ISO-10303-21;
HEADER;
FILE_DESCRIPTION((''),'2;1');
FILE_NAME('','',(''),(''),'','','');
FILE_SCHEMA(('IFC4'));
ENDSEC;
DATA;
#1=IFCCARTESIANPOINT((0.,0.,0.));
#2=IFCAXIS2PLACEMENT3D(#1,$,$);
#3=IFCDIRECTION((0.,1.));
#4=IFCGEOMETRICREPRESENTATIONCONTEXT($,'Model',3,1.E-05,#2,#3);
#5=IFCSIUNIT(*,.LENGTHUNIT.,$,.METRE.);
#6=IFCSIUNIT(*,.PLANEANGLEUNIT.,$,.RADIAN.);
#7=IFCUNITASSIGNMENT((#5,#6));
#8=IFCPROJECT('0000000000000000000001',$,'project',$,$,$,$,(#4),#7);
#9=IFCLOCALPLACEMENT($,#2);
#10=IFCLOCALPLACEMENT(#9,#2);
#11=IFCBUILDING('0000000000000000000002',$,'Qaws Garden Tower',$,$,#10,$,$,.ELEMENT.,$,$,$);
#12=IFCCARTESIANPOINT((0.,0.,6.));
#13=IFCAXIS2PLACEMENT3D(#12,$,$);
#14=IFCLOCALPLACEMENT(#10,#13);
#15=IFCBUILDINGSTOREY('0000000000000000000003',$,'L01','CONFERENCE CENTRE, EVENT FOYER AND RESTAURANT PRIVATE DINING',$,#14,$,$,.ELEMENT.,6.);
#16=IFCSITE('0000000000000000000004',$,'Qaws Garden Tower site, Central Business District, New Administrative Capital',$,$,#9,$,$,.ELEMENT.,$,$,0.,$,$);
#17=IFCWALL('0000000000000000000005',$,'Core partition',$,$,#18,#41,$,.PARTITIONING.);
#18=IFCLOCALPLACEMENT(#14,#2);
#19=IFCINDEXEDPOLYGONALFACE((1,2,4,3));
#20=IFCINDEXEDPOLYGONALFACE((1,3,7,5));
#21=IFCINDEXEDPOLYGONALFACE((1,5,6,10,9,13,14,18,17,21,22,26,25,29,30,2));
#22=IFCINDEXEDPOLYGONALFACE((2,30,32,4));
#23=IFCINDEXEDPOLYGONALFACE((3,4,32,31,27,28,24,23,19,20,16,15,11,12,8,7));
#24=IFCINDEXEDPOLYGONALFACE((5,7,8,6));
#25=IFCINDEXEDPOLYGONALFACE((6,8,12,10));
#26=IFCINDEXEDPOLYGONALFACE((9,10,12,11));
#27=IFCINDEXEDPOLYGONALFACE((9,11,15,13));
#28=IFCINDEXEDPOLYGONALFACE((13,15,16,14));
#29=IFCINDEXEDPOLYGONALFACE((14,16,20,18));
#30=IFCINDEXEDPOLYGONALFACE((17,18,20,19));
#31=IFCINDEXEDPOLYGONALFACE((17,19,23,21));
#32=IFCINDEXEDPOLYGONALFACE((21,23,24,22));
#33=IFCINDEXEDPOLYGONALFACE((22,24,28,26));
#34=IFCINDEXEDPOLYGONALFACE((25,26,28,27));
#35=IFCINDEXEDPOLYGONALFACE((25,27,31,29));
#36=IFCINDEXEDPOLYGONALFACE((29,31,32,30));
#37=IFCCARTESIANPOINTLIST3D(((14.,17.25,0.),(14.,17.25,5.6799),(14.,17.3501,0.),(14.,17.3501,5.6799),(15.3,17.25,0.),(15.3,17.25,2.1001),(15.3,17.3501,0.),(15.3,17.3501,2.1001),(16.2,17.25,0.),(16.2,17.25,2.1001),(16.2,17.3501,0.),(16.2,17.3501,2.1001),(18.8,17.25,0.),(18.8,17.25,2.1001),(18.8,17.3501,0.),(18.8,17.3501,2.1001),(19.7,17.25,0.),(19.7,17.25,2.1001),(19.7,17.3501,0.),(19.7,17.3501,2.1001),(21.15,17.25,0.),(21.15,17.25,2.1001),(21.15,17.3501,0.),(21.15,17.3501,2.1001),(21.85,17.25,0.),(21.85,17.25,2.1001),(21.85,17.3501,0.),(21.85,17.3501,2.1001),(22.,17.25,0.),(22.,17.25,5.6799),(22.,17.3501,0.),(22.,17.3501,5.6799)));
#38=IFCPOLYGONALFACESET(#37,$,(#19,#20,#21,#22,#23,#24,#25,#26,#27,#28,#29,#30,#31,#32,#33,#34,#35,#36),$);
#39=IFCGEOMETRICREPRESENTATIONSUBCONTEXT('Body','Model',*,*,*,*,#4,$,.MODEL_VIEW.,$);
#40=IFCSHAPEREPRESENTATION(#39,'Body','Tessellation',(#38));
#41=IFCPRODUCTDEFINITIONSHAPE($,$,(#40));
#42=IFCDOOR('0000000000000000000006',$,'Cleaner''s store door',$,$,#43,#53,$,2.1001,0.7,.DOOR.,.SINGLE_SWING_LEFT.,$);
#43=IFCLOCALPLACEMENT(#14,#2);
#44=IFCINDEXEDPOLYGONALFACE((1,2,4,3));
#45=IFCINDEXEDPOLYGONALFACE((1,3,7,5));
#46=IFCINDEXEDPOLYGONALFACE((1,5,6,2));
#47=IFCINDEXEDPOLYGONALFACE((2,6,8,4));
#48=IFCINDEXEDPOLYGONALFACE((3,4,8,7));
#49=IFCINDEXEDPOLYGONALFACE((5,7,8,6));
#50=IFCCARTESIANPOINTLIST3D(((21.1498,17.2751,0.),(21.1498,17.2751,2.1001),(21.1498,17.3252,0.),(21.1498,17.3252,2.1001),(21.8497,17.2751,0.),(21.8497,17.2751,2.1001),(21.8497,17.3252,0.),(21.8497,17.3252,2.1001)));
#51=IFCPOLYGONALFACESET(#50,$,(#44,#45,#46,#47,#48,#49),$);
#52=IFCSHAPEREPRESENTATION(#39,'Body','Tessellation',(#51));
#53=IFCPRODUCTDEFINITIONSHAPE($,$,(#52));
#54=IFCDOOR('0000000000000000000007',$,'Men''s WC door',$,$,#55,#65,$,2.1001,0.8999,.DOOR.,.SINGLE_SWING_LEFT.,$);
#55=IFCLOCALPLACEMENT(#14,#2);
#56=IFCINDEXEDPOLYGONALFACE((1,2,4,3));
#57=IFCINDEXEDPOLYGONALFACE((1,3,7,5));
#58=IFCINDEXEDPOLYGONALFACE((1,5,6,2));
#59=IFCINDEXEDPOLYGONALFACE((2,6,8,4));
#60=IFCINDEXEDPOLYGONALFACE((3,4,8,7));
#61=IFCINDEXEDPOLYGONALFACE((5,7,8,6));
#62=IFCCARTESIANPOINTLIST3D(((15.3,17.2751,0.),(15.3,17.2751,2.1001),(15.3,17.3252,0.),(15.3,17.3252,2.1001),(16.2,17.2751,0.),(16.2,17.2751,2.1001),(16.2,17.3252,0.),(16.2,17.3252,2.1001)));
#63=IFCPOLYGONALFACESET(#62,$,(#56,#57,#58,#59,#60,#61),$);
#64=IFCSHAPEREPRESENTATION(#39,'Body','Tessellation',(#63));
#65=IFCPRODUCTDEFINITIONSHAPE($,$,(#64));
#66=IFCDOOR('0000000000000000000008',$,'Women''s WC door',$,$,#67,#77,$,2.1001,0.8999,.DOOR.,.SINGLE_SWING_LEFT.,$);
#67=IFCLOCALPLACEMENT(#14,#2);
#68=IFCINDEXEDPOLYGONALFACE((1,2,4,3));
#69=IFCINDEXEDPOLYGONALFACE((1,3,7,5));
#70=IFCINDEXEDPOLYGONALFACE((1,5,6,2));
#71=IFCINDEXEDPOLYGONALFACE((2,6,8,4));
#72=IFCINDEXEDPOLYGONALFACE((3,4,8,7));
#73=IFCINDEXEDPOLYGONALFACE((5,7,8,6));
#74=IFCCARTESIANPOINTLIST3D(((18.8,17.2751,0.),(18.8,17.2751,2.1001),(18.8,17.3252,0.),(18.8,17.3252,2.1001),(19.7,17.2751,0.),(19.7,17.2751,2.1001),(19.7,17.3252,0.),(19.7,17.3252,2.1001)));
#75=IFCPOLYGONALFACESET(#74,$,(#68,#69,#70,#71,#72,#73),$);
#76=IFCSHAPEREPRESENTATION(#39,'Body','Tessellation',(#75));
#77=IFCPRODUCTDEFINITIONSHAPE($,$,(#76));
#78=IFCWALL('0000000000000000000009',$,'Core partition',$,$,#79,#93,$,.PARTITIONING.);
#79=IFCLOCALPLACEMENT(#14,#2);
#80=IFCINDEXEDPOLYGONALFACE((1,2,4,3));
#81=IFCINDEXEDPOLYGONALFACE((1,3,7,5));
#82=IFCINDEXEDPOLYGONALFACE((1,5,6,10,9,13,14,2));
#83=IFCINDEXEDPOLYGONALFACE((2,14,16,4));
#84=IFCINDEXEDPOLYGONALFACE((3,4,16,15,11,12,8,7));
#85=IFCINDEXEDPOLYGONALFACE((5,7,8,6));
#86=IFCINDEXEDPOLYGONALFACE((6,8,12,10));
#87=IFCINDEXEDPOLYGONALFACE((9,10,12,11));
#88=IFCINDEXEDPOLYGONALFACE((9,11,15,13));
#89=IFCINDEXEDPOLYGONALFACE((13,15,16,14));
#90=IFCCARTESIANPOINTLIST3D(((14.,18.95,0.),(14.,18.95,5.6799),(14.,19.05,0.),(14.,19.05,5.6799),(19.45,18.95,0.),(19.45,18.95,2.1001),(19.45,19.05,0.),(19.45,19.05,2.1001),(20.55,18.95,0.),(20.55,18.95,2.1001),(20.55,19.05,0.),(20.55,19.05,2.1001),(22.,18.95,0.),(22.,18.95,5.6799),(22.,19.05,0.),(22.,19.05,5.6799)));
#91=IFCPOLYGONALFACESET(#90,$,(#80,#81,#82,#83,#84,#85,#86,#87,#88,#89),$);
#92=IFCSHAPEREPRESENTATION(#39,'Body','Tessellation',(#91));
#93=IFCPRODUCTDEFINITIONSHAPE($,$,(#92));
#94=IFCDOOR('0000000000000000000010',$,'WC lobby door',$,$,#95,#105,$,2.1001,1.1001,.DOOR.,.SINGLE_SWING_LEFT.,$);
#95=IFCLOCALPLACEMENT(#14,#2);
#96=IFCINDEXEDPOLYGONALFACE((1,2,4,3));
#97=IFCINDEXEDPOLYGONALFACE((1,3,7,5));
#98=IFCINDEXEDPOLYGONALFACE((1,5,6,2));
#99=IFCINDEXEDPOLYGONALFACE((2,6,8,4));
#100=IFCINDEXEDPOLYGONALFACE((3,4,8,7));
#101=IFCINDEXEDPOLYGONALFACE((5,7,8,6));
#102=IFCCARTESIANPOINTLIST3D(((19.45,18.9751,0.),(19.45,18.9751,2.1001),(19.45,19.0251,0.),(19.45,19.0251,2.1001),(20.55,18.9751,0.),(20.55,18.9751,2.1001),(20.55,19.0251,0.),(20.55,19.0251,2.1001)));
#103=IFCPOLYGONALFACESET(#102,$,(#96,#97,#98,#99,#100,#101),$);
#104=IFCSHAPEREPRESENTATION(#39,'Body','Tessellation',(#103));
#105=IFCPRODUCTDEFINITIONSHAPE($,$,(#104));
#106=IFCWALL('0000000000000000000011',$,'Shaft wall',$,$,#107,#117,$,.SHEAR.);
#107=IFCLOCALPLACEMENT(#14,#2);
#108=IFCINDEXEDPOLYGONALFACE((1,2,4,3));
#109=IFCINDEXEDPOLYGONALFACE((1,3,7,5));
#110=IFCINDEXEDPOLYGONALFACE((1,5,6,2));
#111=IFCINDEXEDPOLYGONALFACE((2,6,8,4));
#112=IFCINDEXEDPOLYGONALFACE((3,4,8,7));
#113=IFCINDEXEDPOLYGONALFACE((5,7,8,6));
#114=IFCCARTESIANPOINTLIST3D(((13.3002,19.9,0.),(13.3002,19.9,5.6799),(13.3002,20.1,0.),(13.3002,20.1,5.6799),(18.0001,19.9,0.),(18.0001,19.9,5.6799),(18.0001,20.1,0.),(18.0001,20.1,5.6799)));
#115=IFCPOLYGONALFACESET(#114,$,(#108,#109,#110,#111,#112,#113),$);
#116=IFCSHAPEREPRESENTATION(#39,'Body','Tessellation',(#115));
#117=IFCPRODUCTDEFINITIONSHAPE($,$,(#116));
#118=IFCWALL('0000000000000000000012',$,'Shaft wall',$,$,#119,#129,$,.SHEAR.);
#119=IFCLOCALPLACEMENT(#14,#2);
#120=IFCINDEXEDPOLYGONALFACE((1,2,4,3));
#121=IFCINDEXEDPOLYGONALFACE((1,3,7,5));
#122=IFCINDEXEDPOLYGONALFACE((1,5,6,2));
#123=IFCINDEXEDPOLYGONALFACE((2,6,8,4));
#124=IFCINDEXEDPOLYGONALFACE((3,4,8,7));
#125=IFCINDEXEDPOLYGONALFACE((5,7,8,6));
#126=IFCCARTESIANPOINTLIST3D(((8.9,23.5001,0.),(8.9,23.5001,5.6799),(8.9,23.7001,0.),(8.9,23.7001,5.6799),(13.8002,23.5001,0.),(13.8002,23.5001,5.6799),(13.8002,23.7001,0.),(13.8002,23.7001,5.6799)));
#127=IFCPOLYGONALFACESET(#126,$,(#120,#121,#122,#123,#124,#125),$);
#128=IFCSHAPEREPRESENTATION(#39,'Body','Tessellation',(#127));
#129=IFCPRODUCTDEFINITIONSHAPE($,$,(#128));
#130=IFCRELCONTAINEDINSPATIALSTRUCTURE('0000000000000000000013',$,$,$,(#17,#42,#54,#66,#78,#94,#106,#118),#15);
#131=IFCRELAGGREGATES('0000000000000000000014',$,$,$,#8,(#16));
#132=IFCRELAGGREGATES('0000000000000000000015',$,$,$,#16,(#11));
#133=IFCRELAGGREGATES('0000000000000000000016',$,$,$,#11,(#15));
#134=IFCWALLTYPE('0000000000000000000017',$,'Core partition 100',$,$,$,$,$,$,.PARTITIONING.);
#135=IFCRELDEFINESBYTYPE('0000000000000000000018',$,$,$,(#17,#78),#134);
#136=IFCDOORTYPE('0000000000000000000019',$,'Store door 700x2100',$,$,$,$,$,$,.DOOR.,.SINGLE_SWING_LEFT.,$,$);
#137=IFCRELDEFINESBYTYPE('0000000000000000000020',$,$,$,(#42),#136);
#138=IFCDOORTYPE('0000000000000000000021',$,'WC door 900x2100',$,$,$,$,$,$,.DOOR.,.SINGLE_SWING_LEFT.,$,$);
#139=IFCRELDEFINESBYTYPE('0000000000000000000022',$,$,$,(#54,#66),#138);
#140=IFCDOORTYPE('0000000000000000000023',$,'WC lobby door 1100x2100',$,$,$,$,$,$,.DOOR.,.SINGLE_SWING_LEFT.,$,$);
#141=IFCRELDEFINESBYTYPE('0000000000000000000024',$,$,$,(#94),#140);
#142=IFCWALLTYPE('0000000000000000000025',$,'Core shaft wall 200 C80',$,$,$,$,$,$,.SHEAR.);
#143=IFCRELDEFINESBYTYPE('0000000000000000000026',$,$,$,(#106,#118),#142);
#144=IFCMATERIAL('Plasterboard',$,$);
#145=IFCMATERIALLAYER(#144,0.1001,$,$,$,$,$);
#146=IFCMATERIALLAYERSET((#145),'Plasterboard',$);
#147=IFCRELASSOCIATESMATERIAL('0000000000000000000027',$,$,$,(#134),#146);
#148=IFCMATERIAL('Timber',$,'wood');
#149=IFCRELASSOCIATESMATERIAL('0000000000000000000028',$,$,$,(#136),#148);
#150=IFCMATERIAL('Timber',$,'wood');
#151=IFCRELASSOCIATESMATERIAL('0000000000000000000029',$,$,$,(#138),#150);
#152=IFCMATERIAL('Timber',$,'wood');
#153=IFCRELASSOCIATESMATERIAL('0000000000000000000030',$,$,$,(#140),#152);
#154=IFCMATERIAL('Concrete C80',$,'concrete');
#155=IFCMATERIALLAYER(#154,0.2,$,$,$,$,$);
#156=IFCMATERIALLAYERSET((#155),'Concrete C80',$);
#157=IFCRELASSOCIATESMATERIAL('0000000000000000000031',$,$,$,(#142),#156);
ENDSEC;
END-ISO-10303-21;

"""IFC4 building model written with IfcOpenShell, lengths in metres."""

from ifc_helpers import new_model, si_unit, direction, frame, frame_2d, origin, place, context, subcontext, project, spatial, rectangle, extrude, material, layer, layer_set, type_object, element, fill, save


model = new_model("IFC4")

# Units and contexts
model_context = context("Model", 3, precision=1e-05, world=origin(), true_north=direction((0.0, 1.0)))
body_context = subcontext(model_context, "Body", "Model", "MODEL_VIEW")
ifc_project = project(units=[si_unit("LENGTHUNIT", "METRE"), si_unit("PLANEANGLEUNIT", "RADIAN")], contexts=[model_context])

# Site, building, storey
site_placement = place(None, origin())
site = spatial("IfcSite", under=ifc_project, at=site_placement, Name="Qaws Garden Tower site, Central Business District, New Administrative Capital", CompositionType="ELEMENT", RefElevation=0.0)
building_placement = place(site_placement, origin())
building = spatial("IfcBuilding", under=site, at=building_placement, Name="Qaws Garden Tower", CompositionType="ELEMENT")
storey_placement = place(building_placement, frame((0.0, 0.0, 6.0)))
storey = spatial("IfcBuildingStorey", under=building, at=storey_placement, Name="L01", Description="CONFERENCE CENTRE, EVENT FOYER AND RESTAURANT PRIVATE DINING", CompositionType="ELEMENT", Elevation=6.0)

# Wall, openings, doors
ifc_material_1 = material(Name="Plasterboard")
ifc_layer_1 = layer(ifc_material_1, 0.1001)
ifc_layer_set_1 = layer_set([ifc_layer_1], Name="Plasterboard")
wall_type_1 = type_object("IfcWallType", Name="Core partition 100", PredefinedType="PARTITIONING", material=ifc_layer_set_1)
wall_1_placement = place(storey_placement, frame((14.0, 17.3, 0.0), z_axis=(0.0, 0.0, 1.0), x_axis=(1.0, 0.0, 0.0)))
wall_1 = element("IfcWall", 1, at=wall_1_placement, inside=storey, type_object=wall_type_1, Name="Core partition", PredefinedType="PARTITIONING", context=body_context, shape_type="SweptSolid", body=[
    extrude(rectangle(XDim=8.0, YDim=0.1001, at=frame_2d((4.0, 0.0))), origin(), (0.0, 0.0, 1.0), 5.6799),
])
opening_1_placement = place(wall_1_placement, frame((1.3, 0.0, 0.0)))
opening_1 = element("IfcOpeningElement", 2, at=opening_1_placement, cuts=wall_1, PredefinedType="OPENING", context=body_context, shape_type="SweptSolid", body=[
    extrude(rectangle(XDim=0.8999, YDim=2.1001, at=frame_2d((0.45, 1.05))), frame((0.0, 0.0601, 0.0), z_axis=(0.0, -1.0, 0.0), x_axis=(1.0, 0.0, 0.0)), (0.0, 0.0, 1.0), 0.1201),
])
opening_2_placement = place(wall_1_placement, frame((4.8, 0.0, 0.0)))
opening_2 = element("IfcOpeningElement", 3, at=opening_2_placement, cuts=wall_1, PredefinedType="OPENING", context=body_context, shape_type="SweptSolid", body=[
    extrude(rectangle(XDim=0.8999, YDim=2.1001, at=frame_2d((0.45, 1.05))), frame((0.0, 0.0601, 0.0), z_axis=(0.0, -1.0, 0.0), x_axis=(1.0, 0.0, 0.0)), (0.0, 0.0, 1.0), 0.1201),
])
opening_3_placement = place(wall_1_placement, frame((7.1499, 0.0, 0.0)))
opening_3 = element("IfcOpeningElement", 4, at=opening_3_placement, cuts=wall_1, PredefinedType="OPENING", context=body_context, shape_type="SweptSolid", body=[
    extrude(rectangle(XDim=0.7, YDim=2.1001, at=frame_2d((0.3501, 1.05))), frame((0.0, 0.0601, 0.0), z_axis=(0.0, -1.0, 0.0), x_axis=(1.0, 0.0, 0.0)), (0.0, 0.0, 1.0), 0.1201),
])
ifc_material_2 = material(Name="Timber", Category="wood")
door_type_1 = type_object("IfcDoorType", Name="Store door 700x2100", OperationType="SINGLE_SWING_LEFT", PredefinedType="DOOR", material=ifc_material_2)
door_1_placement = place(opening_3_placement, frame((0.7, 0.0, 0.0), z_axis=(0.0, 0.0, 1.0), x_axis=(-1.0, 0.0, 0.0)))
door_1 = element("IfcDoor", 5, at=door_1_placement, inside=storey, type_object=door_type_1, Name="Cleaner's store door", OperationType="SINGLE_SWING_LEFT", OverallHeight=2.1001, OverallWidth=0.7, PredefinedType="DOOR", context=body_context, shape_type="SweptSolid", body=[
    extrude(rectangle(XDim=0.7, YDim=2.1001, at=frame_2d((0.3501, 1.05))), frame((0.0, 0.0249, 0.0), z_axis=(0.0, -1.0, 0.0), x_axis=(1.0, 0.0, 0.0)), (0.0, 0.0, 1.0), 0.05),
])
fill(opening_3, door_1)
ifc_material_3 = material(Name="Timber", Category="wood")
door_type_2 = type_object("IfcDoorType", Name="WC door 900x2100", OperationType="SINGLE_SWING_LEFT", PredefinedType="DOOR", material=ifc_material_3)
door_2_placement = place(opening_1_placement, frame((0.8999, 0.0, 0.0), z_axis=(0.0, 0.0, 1.0), x_axis=(-1.0, 0.0, 0.0)))
door_2 = element("IfcDoor", 6, at=door_2_placement, inside=storey, type_object=door_type_2, Name="Men's WC door", OperationType="SINGLE_SWING_LEFT", OverallHeight=2.1001, OverallWidth=0.8999, PredefinedType="DOOR", context=body_context, shape_type="SweptSolid", body=[
    extrude(rectangle(XDim=0.8999, YDim=2.1001, at=frame_2d((0.45, 1.05))), frame((0.0, 0.0249, 0.0), z_axis=(0.0, -1.0, 0.0), x_axis=(1.0, 0.0, 0.0)), (0.0, 0.0, 1.0), 0.05),
])
fill(opening_1, door_2)
door_3_placement = place(opening_2_placement, frame((0.8999, 0.0, 0.0), z_axis=(0.0, 0.0, 1.0), x_axis=(-1.0, 0.0, 0.0)))
door_3 = element("IfcDoor", 7, at=door_3_placement, inside=storey, type_object=door_type_2, Name="Women's WC door", OperationType="SINGLE_SWING_LEFT", OverallHeight=2.1001, OverallWidth=0.8999, PredefinedType="DOOR", context=body_context, shape_type="SweptSolid", body=[
    extrude(rectangle(XDim=0.8999, YDim=2.1001, at=frame_2d((0.45, 1.05))), frame((0.0, 0.0249, 0.0), z_axis=(0.0, -1.0, 0.0), x_axis=(1.0, 0.0, 0.0)), (0.0, 0.0, 1.0), 0.05),
])
fill(opening_2, door_3)

# Wall, opening, door
wall_2_placement = place(storey_placement, frame((14.0, 19.0, 0.0), z_axis=(0.0, 0.0, 1.0), x_axis=(1.0, 0.0, 0.0)))
wall_2 = element("IfcWall", 8, at=wall_2_placement, inside=storey, type_object=wall_type_1, Name="Core partition", PredefinedType="PARTITIONING", context=body_context, shape_type="SweptSolid", body=[
    extrude(rectangle(XDim=8.0, YDim=0.1001, at=frame_2d((4.0, 0.0))), origin(), (0.0, 0.0, 1.0), 5.6799),
])
opening_4_placement = place(wall_2_placement, frame((5.45, 0.0, 0.0)))
opening_4 = element("IfcOpeningElement", 9, at=opening_4_placement, cuts=wall_2, PredefinedType="OPENING", context=body_context, shape_type="SweptSolid", body=[
    extrude(rectangle(XDim=1.1001, YDim=2.1001, at=frame_2d((0.55, 1.05))), frame((0.0, 0.0601, 0.0), z_axis=(0.0, -1.0, 0.0), x_axis=(1.0, 0.0, 0.0)), (0.0, 0.0, 1.0), 0.1201),
])
ifc_material_4 = material(Name="Timber", Category="wood")
door_type_3 = type_object("IfcDoorType", Name="WC lobby door 1100x2100", OperationType="SINGLE_SWING_LEFT", PredefinedType="DOOR", material=ifc_material_4)
door_4_placement = place(opening_4_placement, frame((1.1001, 0.0, 0.0), z_axis=(0.0, 0.0, 1.0), x_axis=(-1.0, 0.0, 0.0)))
door_4 = element("IfcDoor", 10, at=door_4_placement, inside=storey, type_object=door_type_3, Name="WC lobby door", OperationType="SINGLE_SWING_LEFT", OverallHeight=2.1001, OverallWidth=1.1001, PredefinedType="DOOR", context=body_context, shape_type="SweptSolid", body=[
    extrude(rectangle(XDim=1.1001, YDim=2.1001, at=frame_2d((0.55, 1.05))), frame((0.0, 0.0249, 0.0), z_axis=(0.0, -1.0, 0.0), x_axis=(1.0, 0.0, 0.0)), (0.0, 0.0, 1.0), 0.05),
])
fill(opening_4, door_4)

# Walls
ifc_material_5 = material(Name="Concrete C80", Category="concrete")
ifc_layer_2 = layer(ifc_material_5, 0.2)
ifc_layer_set_2 = layer_set([ifc_layer_2], Name="Concrete C80")
wall_type_2 = type_object("IfcWallType", Name="Core shaft wall 200 C80", PredefinedType="SHEAR", material=ifc_layer_set_2)
wall_3_placement = place(storey_placement, frame((13.3, 20.0, 0.0), z_axis=(0.0, 0.0, 1.0), x_axis=(1.0, 0.0, 0.0)))
element("IfcWall", 11, at=wall_3_placement, inside=storey, type_object=wall_type_2, Name="Shaft wall", PredefinedType="SHEAR", context=body_context, shape_type="SweptSolid", body=[
    extrude(rectangle(XDim=4.7, YDim=0.2, at=frame_2d((2.3501, 0.0))), origin(), (0.0, 0.0, 1.0), 5.6799),
])
wall_4_placement = place(storey_placement, frame((8.8999, 23.6001, 0.0), z_axis=(0.0, 0.0, 1.0), x_axis=(1.0, 0.0, 0.0)))
element("IfcWall", 12, at=wall_4_placement, inside=storey, type_object=wall_type_2, Name="Shaft wall", PredefinedType="SHEAR", context=body_context, shape_type="SweptSolid", body=[
    extrude(rectangle(XDim=4.9001, YDim=0.2, at=frame_2d((2.4502, 0.0))), origin(), (0.0, 0.0, 1.0), 5.6799),
])

save(model, "model.ifc")
